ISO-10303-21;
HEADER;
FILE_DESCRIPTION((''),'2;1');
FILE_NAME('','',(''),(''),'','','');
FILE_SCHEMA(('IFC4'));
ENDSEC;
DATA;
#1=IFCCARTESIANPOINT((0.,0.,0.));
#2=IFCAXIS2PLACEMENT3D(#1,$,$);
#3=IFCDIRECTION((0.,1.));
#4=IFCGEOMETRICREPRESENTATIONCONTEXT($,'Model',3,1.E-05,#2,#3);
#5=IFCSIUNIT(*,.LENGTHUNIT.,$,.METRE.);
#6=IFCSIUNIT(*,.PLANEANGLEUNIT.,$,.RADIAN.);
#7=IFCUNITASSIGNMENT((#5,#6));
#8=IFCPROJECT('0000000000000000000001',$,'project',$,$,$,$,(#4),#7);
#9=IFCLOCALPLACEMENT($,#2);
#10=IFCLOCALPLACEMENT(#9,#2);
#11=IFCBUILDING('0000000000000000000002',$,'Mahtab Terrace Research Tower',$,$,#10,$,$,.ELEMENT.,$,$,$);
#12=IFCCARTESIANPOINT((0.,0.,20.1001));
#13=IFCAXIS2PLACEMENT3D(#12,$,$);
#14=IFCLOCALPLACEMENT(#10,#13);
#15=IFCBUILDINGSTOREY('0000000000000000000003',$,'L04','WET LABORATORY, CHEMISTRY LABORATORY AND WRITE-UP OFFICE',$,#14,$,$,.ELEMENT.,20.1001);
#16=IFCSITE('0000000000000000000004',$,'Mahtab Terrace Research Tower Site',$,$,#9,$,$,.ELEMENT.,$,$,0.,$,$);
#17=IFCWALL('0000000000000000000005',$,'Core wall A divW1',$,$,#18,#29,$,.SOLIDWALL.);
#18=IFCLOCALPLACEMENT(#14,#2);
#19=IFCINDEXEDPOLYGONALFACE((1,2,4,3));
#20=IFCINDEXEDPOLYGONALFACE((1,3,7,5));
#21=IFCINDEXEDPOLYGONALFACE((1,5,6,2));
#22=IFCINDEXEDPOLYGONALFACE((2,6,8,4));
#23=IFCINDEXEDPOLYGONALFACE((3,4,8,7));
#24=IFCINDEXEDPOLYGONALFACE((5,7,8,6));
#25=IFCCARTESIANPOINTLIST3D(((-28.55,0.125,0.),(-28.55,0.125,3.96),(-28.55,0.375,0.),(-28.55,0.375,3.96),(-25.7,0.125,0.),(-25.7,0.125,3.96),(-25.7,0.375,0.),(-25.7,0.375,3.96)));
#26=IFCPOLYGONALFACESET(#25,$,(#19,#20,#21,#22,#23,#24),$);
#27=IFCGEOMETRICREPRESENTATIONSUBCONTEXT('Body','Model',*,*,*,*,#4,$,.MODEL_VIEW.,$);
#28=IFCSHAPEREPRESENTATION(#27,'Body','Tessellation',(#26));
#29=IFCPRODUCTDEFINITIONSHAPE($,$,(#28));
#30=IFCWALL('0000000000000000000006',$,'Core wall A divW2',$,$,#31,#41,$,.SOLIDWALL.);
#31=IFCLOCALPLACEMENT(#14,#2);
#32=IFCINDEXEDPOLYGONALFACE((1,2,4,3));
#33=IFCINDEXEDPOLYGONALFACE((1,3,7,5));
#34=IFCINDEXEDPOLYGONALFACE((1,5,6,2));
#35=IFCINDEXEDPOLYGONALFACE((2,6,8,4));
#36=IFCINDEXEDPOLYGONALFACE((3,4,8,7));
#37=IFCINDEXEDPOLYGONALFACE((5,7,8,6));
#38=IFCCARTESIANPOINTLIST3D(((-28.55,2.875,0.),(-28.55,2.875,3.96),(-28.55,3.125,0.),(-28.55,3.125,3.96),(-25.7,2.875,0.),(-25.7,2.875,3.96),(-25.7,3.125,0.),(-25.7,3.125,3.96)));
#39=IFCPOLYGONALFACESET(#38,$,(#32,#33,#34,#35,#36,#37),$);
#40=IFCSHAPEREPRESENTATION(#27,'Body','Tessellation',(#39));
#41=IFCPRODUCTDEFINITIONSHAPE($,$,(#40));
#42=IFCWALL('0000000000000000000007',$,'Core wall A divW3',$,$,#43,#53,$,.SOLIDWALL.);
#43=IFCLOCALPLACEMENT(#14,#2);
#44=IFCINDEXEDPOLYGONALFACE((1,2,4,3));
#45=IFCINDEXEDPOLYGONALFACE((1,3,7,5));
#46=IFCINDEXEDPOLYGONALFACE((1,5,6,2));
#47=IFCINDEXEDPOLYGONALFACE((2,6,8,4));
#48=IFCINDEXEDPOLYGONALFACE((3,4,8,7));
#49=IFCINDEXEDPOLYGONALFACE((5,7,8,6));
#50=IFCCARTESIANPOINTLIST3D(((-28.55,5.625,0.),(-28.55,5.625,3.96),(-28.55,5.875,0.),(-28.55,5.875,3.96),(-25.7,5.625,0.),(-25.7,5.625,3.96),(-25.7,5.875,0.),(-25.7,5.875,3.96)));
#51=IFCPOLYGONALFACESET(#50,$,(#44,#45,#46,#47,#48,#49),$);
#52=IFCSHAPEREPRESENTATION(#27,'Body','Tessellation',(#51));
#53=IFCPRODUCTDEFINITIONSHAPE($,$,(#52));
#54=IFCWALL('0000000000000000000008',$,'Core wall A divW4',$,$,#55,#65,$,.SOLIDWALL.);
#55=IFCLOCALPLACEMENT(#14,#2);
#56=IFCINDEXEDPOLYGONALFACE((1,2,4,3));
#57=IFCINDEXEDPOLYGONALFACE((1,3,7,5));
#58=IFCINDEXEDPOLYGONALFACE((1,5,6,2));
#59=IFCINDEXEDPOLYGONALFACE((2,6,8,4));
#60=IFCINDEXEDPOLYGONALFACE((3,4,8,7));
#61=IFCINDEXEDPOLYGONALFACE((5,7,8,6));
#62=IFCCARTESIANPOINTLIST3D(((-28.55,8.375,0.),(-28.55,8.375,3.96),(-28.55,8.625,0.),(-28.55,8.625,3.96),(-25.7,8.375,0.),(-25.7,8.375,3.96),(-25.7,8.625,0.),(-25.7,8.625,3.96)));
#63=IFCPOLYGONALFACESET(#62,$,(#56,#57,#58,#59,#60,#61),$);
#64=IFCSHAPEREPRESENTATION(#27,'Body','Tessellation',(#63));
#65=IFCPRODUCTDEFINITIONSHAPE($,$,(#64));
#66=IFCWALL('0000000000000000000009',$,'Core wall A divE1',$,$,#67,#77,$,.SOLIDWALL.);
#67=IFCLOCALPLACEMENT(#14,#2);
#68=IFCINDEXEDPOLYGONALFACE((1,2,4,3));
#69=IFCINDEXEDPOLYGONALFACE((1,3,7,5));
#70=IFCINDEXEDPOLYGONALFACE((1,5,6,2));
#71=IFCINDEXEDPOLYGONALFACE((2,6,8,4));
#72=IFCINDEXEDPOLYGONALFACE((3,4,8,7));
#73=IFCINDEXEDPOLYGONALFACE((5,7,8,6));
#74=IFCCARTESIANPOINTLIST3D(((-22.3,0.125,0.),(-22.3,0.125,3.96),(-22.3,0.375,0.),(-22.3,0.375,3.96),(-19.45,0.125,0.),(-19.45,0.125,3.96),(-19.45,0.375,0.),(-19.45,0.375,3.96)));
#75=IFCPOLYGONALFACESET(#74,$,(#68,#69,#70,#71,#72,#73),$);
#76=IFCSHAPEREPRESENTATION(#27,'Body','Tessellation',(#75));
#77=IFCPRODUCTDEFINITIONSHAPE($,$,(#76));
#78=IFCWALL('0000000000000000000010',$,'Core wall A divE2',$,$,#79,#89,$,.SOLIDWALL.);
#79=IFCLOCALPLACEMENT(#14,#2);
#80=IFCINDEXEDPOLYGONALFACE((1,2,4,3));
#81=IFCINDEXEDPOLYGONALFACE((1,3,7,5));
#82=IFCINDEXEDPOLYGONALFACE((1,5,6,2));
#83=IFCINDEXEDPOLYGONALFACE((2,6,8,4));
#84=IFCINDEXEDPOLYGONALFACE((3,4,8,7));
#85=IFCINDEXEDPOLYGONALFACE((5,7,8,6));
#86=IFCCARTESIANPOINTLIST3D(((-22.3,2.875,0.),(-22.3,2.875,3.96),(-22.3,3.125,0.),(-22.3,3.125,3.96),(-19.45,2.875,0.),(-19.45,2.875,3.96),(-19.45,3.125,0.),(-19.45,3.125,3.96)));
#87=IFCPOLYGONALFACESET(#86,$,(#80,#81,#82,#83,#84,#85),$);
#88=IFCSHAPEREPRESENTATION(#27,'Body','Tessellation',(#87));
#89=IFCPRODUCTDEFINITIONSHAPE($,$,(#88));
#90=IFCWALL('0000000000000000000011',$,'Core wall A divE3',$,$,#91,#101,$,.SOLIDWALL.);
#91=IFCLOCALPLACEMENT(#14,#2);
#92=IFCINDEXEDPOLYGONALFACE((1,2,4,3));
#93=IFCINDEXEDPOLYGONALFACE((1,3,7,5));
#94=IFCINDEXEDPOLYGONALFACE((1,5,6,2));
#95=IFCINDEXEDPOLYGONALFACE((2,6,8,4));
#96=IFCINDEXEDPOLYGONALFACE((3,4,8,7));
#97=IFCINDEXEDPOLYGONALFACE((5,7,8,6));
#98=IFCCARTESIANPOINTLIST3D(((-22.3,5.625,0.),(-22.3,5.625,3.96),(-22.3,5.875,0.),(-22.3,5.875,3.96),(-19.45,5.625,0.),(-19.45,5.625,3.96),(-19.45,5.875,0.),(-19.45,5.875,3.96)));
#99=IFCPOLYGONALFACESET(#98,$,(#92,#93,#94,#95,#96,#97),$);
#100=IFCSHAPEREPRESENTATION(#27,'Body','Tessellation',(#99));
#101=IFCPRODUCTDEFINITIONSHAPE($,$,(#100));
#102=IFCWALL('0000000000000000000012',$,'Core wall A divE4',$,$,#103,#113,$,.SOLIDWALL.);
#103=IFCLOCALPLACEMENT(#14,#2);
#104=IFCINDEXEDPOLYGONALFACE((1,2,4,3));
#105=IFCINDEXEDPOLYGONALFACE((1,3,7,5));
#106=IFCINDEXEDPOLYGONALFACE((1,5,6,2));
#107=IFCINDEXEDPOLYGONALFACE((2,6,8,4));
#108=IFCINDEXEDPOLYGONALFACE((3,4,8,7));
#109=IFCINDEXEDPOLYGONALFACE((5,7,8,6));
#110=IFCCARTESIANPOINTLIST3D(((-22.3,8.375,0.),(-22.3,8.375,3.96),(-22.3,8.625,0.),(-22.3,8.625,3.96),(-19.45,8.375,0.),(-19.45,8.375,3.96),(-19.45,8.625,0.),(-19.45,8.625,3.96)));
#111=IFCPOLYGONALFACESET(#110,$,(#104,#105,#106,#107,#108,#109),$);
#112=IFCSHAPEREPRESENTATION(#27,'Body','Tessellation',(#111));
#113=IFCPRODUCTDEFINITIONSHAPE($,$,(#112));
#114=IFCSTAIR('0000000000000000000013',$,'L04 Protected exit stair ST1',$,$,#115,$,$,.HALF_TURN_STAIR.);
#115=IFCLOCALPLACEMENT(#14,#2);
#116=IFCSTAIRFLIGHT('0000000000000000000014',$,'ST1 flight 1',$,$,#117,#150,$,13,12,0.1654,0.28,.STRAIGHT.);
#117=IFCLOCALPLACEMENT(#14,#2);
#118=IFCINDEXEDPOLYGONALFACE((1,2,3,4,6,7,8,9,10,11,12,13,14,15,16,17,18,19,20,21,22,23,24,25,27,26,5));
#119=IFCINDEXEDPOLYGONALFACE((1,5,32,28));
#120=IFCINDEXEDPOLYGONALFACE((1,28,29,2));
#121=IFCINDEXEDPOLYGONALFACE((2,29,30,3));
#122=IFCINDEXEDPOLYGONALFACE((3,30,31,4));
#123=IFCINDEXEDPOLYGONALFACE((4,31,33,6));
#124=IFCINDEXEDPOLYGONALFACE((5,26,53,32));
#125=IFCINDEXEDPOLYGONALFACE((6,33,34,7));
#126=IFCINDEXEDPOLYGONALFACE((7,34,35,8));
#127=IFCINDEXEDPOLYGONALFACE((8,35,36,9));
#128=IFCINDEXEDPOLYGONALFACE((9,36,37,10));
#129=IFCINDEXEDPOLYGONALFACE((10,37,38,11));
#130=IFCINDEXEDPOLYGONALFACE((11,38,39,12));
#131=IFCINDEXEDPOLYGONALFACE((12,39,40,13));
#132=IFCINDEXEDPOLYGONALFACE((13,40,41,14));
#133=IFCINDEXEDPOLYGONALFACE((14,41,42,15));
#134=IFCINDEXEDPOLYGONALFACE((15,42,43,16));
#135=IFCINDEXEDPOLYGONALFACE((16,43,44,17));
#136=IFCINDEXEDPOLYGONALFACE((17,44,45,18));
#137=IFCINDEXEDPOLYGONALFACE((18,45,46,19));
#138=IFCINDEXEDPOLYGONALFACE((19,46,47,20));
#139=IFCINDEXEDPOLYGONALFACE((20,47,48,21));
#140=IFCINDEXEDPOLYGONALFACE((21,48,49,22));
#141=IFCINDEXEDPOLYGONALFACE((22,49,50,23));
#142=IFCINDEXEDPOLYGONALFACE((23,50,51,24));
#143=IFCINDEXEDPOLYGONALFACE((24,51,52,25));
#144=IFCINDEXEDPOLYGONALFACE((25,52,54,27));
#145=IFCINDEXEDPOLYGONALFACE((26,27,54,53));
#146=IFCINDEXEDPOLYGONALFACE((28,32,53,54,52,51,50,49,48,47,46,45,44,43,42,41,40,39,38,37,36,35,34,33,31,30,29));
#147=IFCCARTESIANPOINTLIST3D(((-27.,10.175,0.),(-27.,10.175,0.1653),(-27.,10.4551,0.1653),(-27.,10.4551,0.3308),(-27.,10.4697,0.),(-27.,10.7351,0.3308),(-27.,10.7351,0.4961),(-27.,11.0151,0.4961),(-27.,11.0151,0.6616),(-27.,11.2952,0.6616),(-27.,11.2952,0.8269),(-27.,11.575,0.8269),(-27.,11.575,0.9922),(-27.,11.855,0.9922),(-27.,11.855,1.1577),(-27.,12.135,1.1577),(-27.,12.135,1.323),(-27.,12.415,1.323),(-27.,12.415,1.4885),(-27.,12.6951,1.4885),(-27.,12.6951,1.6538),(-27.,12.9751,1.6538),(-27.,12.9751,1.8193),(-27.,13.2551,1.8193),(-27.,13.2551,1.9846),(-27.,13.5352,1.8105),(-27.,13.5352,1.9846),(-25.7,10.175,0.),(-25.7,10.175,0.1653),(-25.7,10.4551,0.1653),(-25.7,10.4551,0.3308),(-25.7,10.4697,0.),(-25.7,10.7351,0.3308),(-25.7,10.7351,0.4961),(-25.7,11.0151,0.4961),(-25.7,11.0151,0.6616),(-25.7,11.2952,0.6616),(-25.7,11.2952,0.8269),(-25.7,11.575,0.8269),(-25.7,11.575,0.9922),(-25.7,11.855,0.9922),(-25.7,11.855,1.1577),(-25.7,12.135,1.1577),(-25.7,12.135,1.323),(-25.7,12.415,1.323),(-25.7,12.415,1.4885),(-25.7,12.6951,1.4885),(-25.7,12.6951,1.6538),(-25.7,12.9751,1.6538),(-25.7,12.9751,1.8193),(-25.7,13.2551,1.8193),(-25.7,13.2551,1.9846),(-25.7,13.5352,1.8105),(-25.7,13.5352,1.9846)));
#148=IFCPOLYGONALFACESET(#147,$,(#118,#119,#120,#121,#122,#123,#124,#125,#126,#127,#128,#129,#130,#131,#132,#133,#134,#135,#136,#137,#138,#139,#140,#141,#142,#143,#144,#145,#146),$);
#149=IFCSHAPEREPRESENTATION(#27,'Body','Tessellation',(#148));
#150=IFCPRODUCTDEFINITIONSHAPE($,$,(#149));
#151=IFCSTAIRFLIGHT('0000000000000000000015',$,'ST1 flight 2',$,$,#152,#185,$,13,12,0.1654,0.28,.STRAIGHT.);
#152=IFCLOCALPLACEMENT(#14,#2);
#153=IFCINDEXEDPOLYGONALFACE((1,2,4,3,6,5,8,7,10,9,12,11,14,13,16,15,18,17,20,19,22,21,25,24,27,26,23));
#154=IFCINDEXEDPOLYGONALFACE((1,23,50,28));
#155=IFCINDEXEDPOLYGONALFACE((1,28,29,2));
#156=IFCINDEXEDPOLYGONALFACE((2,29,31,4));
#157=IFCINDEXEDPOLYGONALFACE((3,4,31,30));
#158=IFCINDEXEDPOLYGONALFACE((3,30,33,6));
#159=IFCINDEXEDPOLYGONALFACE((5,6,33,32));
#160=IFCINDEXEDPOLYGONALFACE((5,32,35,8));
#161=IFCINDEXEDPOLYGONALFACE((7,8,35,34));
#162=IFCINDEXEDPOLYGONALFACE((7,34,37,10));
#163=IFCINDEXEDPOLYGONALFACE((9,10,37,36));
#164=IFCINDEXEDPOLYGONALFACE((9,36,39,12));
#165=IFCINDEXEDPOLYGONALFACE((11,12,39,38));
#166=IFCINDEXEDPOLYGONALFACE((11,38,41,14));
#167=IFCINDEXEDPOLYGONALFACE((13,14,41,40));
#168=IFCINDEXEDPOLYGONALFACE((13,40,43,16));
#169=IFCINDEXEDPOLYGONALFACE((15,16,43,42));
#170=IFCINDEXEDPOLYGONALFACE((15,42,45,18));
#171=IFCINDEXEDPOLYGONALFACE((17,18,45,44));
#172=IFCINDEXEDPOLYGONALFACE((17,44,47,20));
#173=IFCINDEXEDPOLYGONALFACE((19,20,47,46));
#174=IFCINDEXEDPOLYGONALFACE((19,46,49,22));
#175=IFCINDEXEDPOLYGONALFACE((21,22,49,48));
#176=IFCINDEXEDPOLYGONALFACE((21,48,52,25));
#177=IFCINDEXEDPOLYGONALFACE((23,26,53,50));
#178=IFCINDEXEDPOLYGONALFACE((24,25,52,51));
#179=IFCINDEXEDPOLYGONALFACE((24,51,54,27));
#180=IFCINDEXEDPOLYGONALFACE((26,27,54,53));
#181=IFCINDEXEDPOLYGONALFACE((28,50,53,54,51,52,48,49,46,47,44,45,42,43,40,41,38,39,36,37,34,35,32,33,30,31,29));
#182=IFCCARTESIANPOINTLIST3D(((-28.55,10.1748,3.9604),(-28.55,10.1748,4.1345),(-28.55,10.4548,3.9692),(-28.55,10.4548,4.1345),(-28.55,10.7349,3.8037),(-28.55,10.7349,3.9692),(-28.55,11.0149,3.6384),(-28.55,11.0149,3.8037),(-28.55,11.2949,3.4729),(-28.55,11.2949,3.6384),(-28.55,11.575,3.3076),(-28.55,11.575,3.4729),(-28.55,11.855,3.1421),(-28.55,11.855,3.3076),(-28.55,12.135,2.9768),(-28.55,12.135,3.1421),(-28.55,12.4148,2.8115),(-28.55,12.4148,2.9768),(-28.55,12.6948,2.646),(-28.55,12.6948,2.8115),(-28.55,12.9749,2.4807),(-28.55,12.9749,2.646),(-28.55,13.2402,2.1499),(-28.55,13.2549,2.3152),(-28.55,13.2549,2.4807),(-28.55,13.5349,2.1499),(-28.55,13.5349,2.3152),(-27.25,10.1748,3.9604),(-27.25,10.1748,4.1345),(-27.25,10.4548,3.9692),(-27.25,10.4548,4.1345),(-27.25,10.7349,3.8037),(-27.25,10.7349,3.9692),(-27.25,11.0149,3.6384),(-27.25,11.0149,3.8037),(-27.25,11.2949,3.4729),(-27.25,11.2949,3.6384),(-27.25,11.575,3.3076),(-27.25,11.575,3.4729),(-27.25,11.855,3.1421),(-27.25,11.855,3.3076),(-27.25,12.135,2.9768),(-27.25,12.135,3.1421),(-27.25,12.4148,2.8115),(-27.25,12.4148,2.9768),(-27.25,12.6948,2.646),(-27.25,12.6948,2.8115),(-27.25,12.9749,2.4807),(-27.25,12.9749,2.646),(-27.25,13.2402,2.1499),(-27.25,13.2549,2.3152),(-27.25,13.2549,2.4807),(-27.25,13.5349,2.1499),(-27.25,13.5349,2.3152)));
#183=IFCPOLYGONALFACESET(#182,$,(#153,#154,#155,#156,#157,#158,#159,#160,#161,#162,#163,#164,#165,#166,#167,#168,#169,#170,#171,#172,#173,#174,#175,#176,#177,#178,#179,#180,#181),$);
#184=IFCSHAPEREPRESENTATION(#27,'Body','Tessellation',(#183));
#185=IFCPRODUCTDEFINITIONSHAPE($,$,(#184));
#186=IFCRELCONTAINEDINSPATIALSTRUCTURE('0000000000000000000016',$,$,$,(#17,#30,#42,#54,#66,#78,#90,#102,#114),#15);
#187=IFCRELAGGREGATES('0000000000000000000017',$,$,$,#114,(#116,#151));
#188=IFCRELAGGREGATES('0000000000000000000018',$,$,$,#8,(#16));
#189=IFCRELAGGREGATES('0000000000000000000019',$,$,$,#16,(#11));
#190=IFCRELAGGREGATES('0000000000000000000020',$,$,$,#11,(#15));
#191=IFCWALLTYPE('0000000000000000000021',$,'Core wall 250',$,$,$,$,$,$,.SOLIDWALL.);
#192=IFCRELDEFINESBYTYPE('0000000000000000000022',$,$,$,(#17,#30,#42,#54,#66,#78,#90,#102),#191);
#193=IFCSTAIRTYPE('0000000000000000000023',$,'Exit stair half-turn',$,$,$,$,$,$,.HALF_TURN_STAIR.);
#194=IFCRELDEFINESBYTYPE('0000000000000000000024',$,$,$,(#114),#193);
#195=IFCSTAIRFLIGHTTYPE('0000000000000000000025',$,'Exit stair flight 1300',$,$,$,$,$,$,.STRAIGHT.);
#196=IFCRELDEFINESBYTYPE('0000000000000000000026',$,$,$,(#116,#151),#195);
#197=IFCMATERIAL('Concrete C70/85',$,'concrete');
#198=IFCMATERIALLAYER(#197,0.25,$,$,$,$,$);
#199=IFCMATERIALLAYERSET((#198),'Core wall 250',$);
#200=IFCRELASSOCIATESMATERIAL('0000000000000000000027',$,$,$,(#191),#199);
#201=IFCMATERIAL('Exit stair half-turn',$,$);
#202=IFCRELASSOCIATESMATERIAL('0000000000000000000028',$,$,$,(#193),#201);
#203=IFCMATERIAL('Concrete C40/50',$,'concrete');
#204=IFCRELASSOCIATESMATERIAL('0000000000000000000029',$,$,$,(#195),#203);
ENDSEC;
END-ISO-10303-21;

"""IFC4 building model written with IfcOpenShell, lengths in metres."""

from ifc_helpers import new_model, si_unit, direction, frame, frame_2d, origin, place, context, subcontext, project, spatial, polyline, rectangle, outline, extrude, material, layer, layer_set, type_object, element, aggregate, save


model = new_model("IFC4")

# Units and contexts
model_context = context("Model", 3, precision=1e-05, world=origin(), true_north=direction((0.0, 1.0)))
body_context = subcontext(model_context, "Body", "Model", "MODEL_VIEW")
ifc_project = project(units=[si_unit("LENGTHUNIT", "METRE"), si_unit("PLANEANGLEUNIT", "RADIAN")], contexts=[model_context])

# Site, building, storey
site_placement = place(None, origin())
site = spatial("IfcSite", under=ifc_project, at=site_placement, Name="Mahtab Terrace Research Tower Site", CompositionType="ELEMENT", RefElevation=0.0)
building_placement = place(site_placement, origin())
building = spatial("IfcBuilding", under=site, at=building_placement, Name="Mahtab Terrace Research Tower", CompositionType="ELEMENT")
storey_placement = place(building_placement, frame((0.0, 0.0, 20.1001)))
storey = spatial("IfcBuildingStorey", under=building, at=storey_placement, Name="L04", Description="WET LABORATORY, CHEMISTRY LABORATORY AND WRITE-UP OFFICE", CompositionType="ELEMENT", Elevation=20.1001)

# Walls
ifc_material_1 = material(Name="Concrete C70/85", Category="concrete")
ifc_layer = layer(ifc_material_1, 0.25)
ifc_layer_set = layer_set([ifc_layer], Name="Core wall 250")
wall_type = type_object("IfcWallType", Name="Core wall 250", PredefinedType="SOLIDWALL", material=ifc_layer_set)
for number, where, z_axis, x_axis, name in (
    (1, (-28.55, 0.25, 0.0), (0.0, 0.0, 1.0), (1.0, 0.0, 0.0), "Core wall A divW1"),
    (2, (-28.55, 3.0, 0.0), (0.0, 0.0, 1.0), (1.0, 0.0, 0.0), "Core wall A divW2"),
    (3, (-28.55, 5.75, 0.0), (0.0, 0.0, 1.0), (1.0, 0.0, 0.0), "Core wall A divW3"),
    (4, (-28.55, 8.5, 0.0), (0.0, 0.0, 1.0), (1.0, 0.0, 0.0), "Core wall A divW4"),
    (5, (-22.3, 0.25, 0.0), (0.0, 0.0, 1.0), (1.0, 0.0, 0.0), "Core wall A divE1"),
    (6, (-22.3, 3.0, 0.0), (0.0, 0.0, 1.0), (1.0, 0.0, 0.0), "Core wall A divE2"),
    (7, (-22.3, 5.75, 0.0), (0.0, 0.0, 1.0), (1.0, 0.0, 0.0), "Core wall A divE3"),
    (8, (-22.3, 8.5, 0.0), (0.0, 0.0, 1.0), (1.0, 0.0, 0.0), "Core wall A divE4"),
):
    element("IfcWall", number, at=place(storey_placement, frame(where, z_axis=z_axis, x_axis=x_axis)), inside=storey, type_object=wall_type, Name=name, PredefinedType="SOLIDWALL", context=body_context, shape_type="SweptSolid", body=[
        extrude(rectangle(XDim=2.8501, YDim=0.25, at=frame_2d((1.425, 0.0))), origin(), (0.0, 0.0, 1.0), 3.96),
    ])

# Stair, stair flights
ifc_material_2 = material(Name="Exit stair half-turn")
stair_type = type_object("IfcStairType", Name="Exit stair half-turn", PredefinedType="HALF_TURN_STAIR", material=ifc_material_2)
stair_placement = place(storey_placement, origin())
stair = element("IfcStair", 9, at=stair_placement, inside=storey, type_object=stair_type, Name="L04 Protected exit stair ST1", PredefinedType="HALF_TURN_STAIR")
ifc_material_3 = material(Name="Concrete C40/50", Category="concrete")
stair_flight_type = type_object("IfcStairFlightType", Name="Exit stair flight 1300", PredefinedType="STRAIGHT", material=ifc_material_3)
stair_flight_1_placement = place(storey_placement, frame((-26.3501, 10.175, 0.0), z_axis=(0.0, 0.0, 1.0), x_axis=(0.0, 1.0, 0.0)))
stair_flight_1 = element("IfcStairFlight", 10, at=stair_flight_1_placement, type_object=stair_flight_type, Name="ST1 flight 1", NumberOfRisers=13, NumberOfTreads=12, PredefinedType="STRAIGHT", RiserHeight=0.1654, TreadLength=0.28, context=body_context, shape_type="SweptSolid", body=[
    extrude(outline(polyline([(0.0, 0.0), (0.0, 0.1653), (0.28, 0.1653), (0.28, 0.3308), (0.5601, 0.3308), (0.5601, 0.4961), (0.8401, 0.4961), (0.8401, 0.6616), (1.1201, 0.6616), (1.1201, 0.8269), (1.3999, 0.8269), (1.3999, 0.9922), (1.6799, 0.9922), (1.6799, 1.1577), (1.96, 1.1577), (1.96, 1.323), (2.24, 1.323), (2.24, 1.4885), (2.52, 1.4885), (2.52, 1.6538), (2.8, 1.6538), (2.8, 1.8193), (3.0801, 1.8193), (3.0801, 1.9846), (3.3601, 1.9846), (3.3601, 2.1499), (3.3601, 1.8105), (0.2947, 0.0), (0.0, 0.0)])), frame((0.0, 0.6499, 0.0), z_axis=(0.0, -1.0, 0.0), x_axis=(1.0, 0.0, 0.0)), (0.0, 0.0, 1.0), 1.3),
])
stair_flight_2_placement = place(storey_placement, frame((-27.8999, 13.5349, 2.1499), z_axis=(0.0, 0.0, 1.0), x_axis=(0.0, -1.0, 0.0)))
stair_flight_2 = element("IfcStairFlight", 11, at=stair_flight_2_placement, type_object=stair_flight_type, Name="ST1 flight 2", NumberOfRisers=13, NumberOfTreads=12, PredefinedType="STRAIGHT", RiserHeight=0.1654, TreadLength=0.28, context=body_context, shape_type="SweptSolid", body=[
    extrude(outline(polyline([(0.0, 0.0), (0.0, 0.1653), (0.28, 0.1653), (0.28, 0.3308), (0.5601, 0.3308), (0.5601, 0.4961), (0.8401, 0.4961), (0.8401, 0.6616), (1.1201, 0.6616), (1.1201, 0.8269), (1.3999, 0.8269), (1.3999, 0.9922), (1.6799, 0.9922), (1.6799, 1.1577), (1.96, 1.1577), (1.96, 1.323), (2.24, 1.323), (2.24, 1.4885), (2.52, 1.4885), (2.52, 1.6538), (2.8, 1.6538), (2.8, 1.8193), (3.0801, 1.8193), (3.0801, 1.9846), (3.3601, 1.9846), (3.3601, 2.1499), (3.3601, 1.8105), (0.2947, 0.0), (0.0, 0.0)])), frame((0.0, 0.6499, 0.0), z_axis=(0.0, -1.0, 0.0), x_axis=(1.0, 0.0, 0.0)), (0.0, 0.0, 1.0), 1.3),
])
aggregate(stair, [stair_flight_1, stair_flight_2])

save(model, "model.ifc")
